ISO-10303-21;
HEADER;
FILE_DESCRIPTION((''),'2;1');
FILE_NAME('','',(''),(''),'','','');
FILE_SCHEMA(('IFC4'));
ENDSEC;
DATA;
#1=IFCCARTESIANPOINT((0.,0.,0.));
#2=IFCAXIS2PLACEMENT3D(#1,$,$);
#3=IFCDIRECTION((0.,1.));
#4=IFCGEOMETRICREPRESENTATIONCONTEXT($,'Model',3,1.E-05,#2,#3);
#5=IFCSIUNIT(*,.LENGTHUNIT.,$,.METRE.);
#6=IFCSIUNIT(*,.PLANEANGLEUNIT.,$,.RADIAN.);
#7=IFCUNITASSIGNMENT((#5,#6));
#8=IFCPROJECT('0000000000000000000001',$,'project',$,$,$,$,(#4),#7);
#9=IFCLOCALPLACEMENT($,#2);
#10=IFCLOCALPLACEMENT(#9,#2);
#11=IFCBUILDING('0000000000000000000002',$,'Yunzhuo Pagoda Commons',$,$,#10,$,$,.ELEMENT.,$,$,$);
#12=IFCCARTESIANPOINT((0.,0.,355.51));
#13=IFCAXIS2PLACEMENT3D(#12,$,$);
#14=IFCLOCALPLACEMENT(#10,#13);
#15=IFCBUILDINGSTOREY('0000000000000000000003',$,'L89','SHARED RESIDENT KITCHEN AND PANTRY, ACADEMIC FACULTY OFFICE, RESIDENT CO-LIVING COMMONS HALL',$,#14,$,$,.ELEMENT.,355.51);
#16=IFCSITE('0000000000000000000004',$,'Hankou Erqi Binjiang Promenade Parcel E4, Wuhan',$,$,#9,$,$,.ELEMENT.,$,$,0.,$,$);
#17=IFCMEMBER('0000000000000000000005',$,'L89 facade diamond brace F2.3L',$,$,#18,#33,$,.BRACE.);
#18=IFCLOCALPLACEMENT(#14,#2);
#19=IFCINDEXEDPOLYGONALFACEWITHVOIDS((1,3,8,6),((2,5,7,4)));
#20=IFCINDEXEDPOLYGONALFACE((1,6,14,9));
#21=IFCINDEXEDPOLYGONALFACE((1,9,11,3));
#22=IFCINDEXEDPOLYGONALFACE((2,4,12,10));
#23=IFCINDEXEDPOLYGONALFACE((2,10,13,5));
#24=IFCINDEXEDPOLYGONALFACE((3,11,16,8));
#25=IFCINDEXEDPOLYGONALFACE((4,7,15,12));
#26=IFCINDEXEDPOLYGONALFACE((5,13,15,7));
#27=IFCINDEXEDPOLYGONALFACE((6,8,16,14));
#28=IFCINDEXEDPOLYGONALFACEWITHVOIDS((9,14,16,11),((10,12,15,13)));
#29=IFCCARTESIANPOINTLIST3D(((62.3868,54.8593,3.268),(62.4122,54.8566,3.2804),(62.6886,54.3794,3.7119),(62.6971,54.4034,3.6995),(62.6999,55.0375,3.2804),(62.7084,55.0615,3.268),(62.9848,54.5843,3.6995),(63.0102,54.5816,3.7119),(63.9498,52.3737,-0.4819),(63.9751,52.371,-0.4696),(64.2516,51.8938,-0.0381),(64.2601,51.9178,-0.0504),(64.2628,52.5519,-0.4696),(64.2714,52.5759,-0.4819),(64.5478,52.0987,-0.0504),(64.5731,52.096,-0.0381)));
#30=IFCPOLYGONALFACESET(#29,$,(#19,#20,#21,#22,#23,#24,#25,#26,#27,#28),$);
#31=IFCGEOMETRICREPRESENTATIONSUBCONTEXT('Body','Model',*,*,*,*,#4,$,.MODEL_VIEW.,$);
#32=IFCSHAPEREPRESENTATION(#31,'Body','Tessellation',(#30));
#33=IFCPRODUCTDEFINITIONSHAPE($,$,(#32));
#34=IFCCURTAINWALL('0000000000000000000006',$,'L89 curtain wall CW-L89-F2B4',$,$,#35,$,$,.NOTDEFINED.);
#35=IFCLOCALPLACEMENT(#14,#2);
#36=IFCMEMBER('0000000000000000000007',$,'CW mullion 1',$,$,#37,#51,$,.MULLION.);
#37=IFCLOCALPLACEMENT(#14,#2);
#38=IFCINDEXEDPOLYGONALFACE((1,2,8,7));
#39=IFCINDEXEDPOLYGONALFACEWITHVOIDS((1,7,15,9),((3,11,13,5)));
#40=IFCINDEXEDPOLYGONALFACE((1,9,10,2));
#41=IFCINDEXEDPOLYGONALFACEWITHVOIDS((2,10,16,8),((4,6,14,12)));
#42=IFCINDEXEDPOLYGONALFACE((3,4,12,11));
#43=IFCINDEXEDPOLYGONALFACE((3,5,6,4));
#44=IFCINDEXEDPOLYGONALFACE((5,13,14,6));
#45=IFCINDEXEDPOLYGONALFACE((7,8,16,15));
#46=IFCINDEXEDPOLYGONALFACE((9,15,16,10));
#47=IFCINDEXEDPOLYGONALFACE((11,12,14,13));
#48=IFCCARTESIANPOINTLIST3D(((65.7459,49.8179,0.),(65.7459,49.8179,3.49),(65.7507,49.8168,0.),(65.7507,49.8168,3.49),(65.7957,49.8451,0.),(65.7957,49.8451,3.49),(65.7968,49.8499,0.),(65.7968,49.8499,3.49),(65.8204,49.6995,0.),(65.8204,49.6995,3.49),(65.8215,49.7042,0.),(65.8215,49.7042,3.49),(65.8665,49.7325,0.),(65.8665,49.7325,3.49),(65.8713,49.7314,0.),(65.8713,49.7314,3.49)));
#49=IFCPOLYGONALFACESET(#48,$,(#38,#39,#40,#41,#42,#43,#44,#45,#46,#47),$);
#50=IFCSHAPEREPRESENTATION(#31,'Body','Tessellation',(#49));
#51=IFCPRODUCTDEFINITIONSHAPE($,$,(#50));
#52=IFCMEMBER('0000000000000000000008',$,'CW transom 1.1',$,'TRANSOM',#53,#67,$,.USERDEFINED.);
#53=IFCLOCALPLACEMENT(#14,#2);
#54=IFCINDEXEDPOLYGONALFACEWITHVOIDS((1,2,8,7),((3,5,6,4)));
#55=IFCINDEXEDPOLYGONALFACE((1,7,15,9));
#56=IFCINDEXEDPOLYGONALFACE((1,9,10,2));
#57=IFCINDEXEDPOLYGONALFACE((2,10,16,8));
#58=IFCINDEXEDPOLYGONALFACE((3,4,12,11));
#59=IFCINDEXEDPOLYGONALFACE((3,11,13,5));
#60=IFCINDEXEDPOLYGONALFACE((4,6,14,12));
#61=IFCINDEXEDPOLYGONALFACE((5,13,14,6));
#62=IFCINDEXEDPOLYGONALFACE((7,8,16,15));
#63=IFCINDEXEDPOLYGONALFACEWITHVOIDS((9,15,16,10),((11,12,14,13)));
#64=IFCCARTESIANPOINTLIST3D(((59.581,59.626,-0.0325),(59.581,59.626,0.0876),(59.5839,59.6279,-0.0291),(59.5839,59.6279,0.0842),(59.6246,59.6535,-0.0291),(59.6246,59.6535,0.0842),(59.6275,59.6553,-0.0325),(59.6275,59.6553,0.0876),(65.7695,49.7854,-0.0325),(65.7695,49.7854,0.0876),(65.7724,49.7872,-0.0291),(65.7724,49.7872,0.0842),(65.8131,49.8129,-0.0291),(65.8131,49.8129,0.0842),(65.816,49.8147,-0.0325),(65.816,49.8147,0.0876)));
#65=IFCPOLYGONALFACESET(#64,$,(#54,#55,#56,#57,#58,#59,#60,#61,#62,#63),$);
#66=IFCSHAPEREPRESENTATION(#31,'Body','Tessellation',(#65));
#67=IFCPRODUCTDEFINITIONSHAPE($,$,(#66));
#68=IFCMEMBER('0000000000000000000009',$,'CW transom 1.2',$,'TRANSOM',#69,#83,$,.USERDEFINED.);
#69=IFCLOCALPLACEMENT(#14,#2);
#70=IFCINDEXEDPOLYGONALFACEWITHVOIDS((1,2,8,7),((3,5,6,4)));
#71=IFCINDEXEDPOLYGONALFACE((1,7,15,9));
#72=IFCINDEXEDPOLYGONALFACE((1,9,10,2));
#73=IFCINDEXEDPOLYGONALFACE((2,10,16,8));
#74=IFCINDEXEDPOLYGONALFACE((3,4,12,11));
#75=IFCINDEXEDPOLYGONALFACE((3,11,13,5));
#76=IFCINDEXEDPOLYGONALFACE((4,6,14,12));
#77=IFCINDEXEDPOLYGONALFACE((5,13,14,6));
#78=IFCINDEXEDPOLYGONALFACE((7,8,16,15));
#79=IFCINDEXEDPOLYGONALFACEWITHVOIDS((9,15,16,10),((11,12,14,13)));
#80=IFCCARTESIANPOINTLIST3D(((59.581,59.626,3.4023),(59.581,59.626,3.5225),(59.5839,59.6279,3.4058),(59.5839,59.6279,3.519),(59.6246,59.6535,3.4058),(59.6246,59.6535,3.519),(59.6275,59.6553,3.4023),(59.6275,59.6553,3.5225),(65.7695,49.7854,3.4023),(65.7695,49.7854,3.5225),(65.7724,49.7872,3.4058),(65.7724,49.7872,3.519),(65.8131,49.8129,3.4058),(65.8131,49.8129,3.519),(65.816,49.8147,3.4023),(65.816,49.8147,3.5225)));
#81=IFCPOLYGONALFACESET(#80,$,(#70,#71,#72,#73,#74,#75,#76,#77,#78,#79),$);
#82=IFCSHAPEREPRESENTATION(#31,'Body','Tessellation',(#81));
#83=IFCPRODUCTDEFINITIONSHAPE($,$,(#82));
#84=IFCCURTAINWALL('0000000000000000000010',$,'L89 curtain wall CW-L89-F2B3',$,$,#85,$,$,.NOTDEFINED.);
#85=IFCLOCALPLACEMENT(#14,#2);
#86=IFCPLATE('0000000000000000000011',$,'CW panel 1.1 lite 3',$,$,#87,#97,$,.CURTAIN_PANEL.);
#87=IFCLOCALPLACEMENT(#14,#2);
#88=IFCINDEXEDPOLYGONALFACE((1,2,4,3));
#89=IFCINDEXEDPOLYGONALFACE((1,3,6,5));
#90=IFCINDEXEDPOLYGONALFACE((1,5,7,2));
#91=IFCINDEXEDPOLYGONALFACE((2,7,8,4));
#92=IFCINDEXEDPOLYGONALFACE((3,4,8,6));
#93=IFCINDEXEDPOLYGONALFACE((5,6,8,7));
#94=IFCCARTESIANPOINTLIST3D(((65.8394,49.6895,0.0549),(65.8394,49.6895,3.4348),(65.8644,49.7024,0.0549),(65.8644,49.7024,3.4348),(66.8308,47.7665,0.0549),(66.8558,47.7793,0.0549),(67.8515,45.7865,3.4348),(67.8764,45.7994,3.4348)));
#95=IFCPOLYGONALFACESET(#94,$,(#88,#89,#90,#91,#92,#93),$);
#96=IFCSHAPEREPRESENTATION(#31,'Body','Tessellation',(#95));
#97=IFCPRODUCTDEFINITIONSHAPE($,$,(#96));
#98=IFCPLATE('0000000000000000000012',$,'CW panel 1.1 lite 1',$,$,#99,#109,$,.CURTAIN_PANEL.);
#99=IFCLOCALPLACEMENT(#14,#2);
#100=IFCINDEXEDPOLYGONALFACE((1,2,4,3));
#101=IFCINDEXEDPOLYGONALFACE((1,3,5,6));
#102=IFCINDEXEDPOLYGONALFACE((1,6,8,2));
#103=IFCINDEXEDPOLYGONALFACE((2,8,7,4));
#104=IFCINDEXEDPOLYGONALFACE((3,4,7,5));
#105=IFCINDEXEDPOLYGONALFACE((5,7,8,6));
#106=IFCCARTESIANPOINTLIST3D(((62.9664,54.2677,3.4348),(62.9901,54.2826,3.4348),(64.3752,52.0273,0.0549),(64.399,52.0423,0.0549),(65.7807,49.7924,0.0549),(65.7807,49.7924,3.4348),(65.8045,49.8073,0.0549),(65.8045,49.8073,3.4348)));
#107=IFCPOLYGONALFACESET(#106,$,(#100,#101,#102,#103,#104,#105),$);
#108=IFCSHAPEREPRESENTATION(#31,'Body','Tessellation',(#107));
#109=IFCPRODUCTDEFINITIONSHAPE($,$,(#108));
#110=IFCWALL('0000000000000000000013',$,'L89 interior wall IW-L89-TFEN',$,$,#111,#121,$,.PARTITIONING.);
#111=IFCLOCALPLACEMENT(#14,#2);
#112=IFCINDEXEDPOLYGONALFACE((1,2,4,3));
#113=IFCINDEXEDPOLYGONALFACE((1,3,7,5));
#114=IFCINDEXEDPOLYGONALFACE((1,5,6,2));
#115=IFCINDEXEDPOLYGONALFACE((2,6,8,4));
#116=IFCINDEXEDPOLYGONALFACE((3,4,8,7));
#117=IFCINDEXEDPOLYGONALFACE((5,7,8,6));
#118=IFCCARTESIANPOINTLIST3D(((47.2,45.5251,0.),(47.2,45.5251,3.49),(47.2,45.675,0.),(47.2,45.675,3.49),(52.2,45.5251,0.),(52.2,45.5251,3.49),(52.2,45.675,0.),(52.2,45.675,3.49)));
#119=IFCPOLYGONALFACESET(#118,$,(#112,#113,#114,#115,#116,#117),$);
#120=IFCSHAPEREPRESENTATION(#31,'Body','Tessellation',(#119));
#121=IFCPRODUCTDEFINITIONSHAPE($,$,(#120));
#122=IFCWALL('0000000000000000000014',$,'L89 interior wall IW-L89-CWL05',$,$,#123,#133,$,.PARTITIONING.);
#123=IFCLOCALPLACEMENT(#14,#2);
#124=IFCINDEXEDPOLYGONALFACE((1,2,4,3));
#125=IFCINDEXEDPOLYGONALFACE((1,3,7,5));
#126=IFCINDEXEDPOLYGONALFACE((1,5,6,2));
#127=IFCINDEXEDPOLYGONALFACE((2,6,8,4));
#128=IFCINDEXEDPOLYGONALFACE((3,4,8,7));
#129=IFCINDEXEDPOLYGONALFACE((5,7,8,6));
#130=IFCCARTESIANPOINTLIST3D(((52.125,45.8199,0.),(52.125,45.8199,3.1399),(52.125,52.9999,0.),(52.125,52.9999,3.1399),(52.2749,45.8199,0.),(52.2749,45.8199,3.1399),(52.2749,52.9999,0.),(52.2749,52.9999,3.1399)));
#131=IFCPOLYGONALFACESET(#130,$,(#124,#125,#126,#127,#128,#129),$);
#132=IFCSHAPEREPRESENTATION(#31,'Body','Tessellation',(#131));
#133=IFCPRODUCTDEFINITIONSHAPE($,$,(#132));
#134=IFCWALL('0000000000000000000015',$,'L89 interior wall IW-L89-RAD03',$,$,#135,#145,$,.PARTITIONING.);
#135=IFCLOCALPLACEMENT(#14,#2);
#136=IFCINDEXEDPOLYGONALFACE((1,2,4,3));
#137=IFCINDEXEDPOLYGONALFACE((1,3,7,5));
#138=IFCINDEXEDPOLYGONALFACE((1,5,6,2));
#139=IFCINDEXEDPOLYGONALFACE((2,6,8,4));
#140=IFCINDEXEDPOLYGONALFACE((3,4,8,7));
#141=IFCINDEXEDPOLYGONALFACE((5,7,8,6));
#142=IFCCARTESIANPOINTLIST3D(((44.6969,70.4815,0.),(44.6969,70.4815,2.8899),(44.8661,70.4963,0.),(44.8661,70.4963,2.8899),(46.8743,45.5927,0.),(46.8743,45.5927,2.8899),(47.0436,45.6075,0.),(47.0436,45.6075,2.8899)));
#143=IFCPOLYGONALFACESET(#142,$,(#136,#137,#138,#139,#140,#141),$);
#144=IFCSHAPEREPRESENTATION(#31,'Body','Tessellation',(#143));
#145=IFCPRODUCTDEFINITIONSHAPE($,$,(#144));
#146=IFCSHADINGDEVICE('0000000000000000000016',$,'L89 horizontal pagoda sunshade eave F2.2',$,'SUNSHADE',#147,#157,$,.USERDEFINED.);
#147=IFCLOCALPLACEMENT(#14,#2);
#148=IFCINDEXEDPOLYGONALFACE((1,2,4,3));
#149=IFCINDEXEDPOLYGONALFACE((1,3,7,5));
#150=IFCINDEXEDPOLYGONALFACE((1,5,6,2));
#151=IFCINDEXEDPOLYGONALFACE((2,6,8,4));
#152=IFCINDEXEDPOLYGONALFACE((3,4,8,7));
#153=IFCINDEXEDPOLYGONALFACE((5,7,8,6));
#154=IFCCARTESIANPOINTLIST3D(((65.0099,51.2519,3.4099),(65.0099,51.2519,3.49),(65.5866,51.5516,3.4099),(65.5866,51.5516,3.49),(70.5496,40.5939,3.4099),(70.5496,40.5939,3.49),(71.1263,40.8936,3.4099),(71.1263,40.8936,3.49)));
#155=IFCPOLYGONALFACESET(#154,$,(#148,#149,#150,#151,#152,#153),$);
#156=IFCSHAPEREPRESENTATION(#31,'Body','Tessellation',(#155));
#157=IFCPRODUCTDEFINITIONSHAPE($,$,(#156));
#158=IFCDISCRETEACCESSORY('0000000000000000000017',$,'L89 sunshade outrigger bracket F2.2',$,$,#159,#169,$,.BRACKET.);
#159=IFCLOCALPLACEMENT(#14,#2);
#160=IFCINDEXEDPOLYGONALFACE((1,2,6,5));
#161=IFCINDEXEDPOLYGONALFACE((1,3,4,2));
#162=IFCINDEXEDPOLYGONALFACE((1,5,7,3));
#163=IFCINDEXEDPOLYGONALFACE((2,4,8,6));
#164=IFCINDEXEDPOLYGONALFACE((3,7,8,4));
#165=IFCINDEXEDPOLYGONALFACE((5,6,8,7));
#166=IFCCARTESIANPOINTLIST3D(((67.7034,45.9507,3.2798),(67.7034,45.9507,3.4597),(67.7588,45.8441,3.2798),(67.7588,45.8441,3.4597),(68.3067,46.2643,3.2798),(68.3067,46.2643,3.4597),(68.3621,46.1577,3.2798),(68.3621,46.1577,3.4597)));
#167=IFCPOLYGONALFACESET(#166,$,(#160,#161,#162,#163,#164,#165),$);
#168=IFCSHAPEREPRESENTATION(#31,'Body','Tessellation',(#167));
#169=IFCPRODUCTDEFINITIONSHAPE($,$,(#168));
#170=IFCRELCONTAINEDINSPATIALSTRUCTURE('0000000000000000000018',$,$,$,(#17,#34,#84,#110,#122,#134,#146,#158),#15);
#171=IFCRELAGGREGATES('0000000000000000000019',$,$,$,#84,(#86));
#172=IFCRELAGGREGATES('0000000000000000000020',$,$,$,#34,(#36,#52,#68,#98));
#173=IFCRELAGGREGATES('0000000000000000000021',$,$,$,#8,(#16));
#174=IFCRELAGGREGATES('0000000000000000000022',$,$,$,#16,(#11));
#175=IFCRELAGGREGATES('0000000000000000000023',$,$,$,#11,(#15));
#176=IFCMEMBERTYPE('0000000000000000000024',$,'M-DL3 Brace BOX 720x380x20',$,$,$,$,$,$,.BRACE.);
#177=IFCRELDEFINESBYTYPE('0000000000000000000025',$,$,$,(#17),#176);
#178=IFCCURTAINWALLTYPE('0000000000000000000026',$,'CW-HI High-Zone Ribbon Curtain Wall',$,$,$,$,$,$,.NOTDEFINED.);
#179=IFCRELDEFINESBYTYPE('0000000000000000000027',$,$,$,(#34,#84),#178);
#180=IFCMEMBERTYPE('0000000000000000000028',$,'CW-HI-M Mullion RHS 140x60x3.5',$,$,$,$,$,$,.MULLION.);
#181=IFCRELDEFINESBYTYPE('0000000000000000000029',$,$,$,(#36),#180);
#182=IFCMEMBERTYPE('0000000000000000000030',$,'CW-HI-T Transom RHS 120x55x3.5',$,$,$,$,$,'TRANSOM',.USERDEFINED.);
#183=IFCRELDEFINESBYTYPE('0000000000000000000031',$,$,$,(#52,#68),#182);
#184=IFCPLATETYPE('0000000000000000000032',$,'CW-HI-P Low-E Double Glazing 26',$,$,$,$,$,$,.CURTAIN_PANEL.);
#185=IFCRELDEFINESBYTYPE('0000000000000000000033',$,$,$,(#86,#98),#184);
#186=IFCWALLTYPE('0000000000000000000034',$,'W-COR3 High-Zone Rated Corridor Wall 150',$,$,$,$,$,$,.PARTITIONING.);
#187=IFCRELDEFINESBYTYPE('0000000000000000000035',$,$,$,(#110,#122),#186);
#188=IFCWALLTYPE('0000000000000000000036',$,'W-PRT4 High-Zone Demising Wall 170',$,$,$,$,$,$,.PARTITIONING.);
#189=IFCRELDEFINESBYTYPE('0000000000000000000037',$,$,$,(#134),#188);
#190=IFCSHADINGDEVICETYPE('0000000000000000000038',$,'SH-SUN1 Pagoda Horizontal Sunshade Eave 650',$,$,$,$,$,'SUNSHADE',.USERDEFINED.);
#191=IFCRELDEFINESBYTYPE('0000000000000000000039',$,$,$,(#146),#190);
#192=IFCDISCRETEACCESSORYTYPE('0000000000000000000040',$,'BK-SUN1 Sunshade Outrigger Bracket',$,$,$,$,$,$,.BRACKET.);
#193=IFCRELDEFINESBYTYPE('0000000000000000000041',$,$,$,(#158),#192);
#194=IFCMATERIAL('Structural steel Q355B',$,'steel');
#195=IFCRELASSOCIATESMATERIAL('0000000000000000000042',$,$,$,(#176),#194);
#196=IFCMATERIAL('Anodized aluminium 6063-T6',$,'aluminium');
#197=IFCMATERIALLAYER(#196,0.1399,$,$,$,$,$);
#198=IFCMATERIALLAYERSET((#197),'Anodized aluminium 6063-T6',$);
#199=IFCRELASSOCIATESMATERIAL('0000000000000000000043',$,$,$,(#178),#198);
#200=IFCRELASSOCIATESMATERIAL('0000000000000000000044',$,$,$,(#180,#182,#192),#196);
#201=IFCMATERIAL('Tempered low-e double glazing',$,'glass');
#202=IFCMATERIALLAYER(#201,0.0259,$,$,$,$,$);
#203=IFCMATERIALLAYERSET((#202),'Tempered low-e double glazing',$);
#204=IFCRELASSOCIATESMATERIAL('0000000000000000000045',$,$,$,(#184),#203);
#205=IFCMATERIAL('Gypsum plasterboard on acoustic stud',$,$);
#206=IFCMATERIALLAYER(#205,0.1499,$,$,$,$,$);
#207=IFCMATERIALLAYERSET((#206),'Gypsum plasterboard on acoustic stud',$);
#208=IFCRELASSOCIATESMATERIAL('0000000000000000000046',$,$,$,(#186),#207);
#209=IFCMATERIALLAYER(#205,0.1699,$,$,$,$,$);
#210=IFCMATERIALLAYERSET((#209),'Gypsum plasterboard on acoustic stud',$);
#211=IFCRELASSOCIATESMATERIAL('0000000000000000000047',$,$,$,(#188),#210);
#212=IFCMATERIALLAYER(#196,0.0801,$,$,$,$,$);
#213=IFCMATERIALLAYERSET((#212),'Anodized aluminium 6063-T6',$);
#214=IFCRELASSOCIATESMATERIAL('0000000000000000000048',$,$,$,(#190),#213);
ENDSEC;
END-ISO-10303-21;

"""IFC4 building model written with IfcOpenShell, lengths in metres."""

from ifc_helpers import new_model, si_unit, direction, frame, frame_2d, origin, origin_2d, place, context, subcontext, project, spatial, polyline, rectangle, hollow_rectangle, outline, extrude, source, transform, mapped, material, layer, layer_set, material_profile, profile_set, type_object, element, aggregate, save


model = new_model("IFC4")

# Units and contexts
model_context = context("Model", 3, precision=1e-05, world=origin(), true_north=direction((0.0, 1.0)))
body_context = subcontext(model_context, "Body", "Model", "MODEL_VIEW")
ifc_project = project(units=[si_unit("LENGTHUNIT", "METRE"), si_unit("PLANEANGLEUNIT", "RADIAN")], contexts=[model_context])

# Site, building, storey
site_placement = place(None, origin())
site = spatial("IfcSite", under=ifc_project, at=site_placement, Name="Hankou Erqi Binjiang Promenade Parcel E4, Wuhan", CompositionType="ELEMENT", RefElevation=0.0)
building_placement = place(site_placement, origin())
building = spatial("IfcBuilding", under=site, at=building_placement, Name="Yunzhuo Pagoda Commons", CompositionType="ELEMENT")
storey_placement = place(building_placement, frame((0.0, 0.0, 355.51)))
storey = spatial("IfcBuildingStorey", under=building, at=storey_placement, Name="L89", Description="SHARED RESIDENT KITCHEN AND PANTRY, ACADEMIC FACULTY OFFICE, RESIDENT CO-LIVING COMMONS HALL", CompositionType="ELEMENT", Elevation=355.51)

# Shared definitions
ifc_material_1 = material(Name="Structural steel Q355B", Category="steel")

# Member
ifc_material_profile_1 = material_profile(ifc_material_1, hollow_rectangle(XDim=0.3799, YDim=0.72, WallThickness=0.02, at=origin_2d()), Name="Structural steel Q355B")
ifc_profile_set_1 = profile_set([ifc_material_profile_1], Name="Structural steel Q355B")
member_type_1 = type_object("IfcMemberType", Name="M-DL3 Brace BOX 720x380x20", PredefinedType="BRACE", material=ifc_profile_set_1)
shared_shape_1 = source(origin(), body_context, "Body", "SweptSolid", [
    extrude(hollow_rectangle(XDim=0.3799, YDim=0.72, WallThickness=0.02, at=origin_2d()), origin(), (0.0, 0.0, 1.0), 4.7627),
])
member_1_placement = place(storey_placement, frame((64.2615, 52.2349, -0.26), z_axis=(-0.328171, 0.521884, 0.787363), x_axis=(-0.846542, -0.532321, 0.0)))
element("IfcMember", 1, at=member_1_placement, inside=storey, type_object=member_type_1, Name="L89 facade diamond brace F2.3L", PredefinedType="BRACE", context=body_context, shape_type="MappedRepresentation", body=[
    mapped(shared_shape_1, transform((0.0, 0.0, 0.0), scale=1.0)),
])

# Curtain wall, members
ifc_material_2 = material(Name="Anodized aluminium 6063-T6", Category="aluminium")
ifc_layer_1 = layer(ifc_material_2, 0.1399)
ifc_layer_set_1 = layer_set([ifc_layer_1], Name="Anodized aluminium 6063-T6")
curtain_wall_type = type_object("IfcCurtainWallType", Name="CW-HI High-Zone Ribbon Curtain Wall", PredefinedType="NOTDEFINED", material=ifc_layer_set_1)
curtain_wall_1_placement = place(storey_placement, origin())
curtain_wall_1 = element("IfcCurtainWall", 2, at=curtain_wall_1_placement, inside=storey, type_object=curtain_wall_type, Name="L89 curtain wall CW-L89-F2B4", PredefinedType="NOTDEFINED")
ifc_material_profile_2 = material_profile(ifc_material_2, hollow_rectangle(XDim=0.0601, YDim=0.1399, WallThickness=0.0034, at=origin_2d()), Name="Anodized aluminium 6063-T6")
ifc_profile_set_2 = profile_set([ifc_material_profile_2], Name="Anodized aluminium 6063-T6")
member_type_2 = type_object("IfcMemberType", Name="CW-HI-M Mullion RHS 140x60x3.5", PredefinedType="MULLION", material=ifc_profile_set_2)
shared_shape_2 = source(origin(), body_context, "Body", "SweptSolid", [
    extrude(hollow_rectangle(XDim=0.0601, YDim=0.1399, WallThickness=0.0034, at=origin_2d()), origin(), (0.0, 0.0, 1.0), 3.49),
])
member_2_placement = place(storey_placement, frame((65.8086, 49.7747, 0.0), z_axis=(0.0, 0.0, 1.0), x_axis=(-0.846525, -0.53235, 0.0)))
member_2 = element("IfcMember", 3, at=member_2_placement, type_object=member_type_2, Name="CW mullion 1", PredefinedType="MULLION", context=body_context, shape_type="MappedRepresentation", body=[
    mapped(shared_shape_2, transform((0.0, 0.0, 0.0), scale=1.0)),
])
ifc_material_profile_3 = material_profile(ifc_material_2, hollow_rectangle(XDim=0.0549, YDim=0.1201, WallThickness=0.0034, at=origin_2d()), Name="Anodized aluminium 6063-T6")
ifc_profile_set_3 = profile_set([ifc_material_profile_3], Name="Anodized aluminium 6063-T6")
member_type_3 = type_object("IfcMemberType", Name="CW-HI-T Transom RHS 120x55x3.5", ElementType="TRANSOM", PredefinedType="USERDEFINED", material=ifc_profile_set_3)
shared_shape_3 = source(origin(), body_context, "Body", "SweptSolid", [
    extrude(hollow_rectangle(XDim=0.0549, YDim=0.1201, WallThickness=0.0034, at=origin_2d()), origin(), (0.0, 0.0, 1.0), 11.6248),
])
member_3_placement = place(storey_placement, frame((65.7927, 49.8, 0.0276), z_axis=(-0.532355, 0.846521, 0.0), x_axis=(-0.846521, -0.532355, 0.0)))
member_3 = element("IfcMember", 4, at=member_3_placement, type_object=member_type_3, Name="CW transom 1.1", ObjectType="TRANSOM", PredefinedType="USERDEFINED", context=body_context, shape_type="MappedRepresentation", body=[
    mapped(shared_shape_3, transform((0.0, 0.0, 0.0), scale=1.0)),
])
member_4_placement = place(storey_placement, frame((65.7927, 49.8, 3.4624), z_axis=(-0.532355, 0.846521, 0.0), x_axis=(-0.846521, -0.532355, 0.0)))
member_4 = element("IfcMember", 5, at=member_4_placement, type_object=member_type_3, Name="CW transom 1.2", ObjectType="TRANSOM", PredefinedType="USERDEFINED", context=body_context, shape_type="MappedRepresentation", body=[
    mapped(shared_shape_3, transform((0.0, 0.0, 0.0), scale=1.0)),
])

# Curtain wall, plate
curtain_wall_2_placement = place(storey_placement, origin())
curtain_wall_2 = element("IfcCurtainWall", 6, at=curtain_wall_2_placement, inside=storey, type_object=curtain_wall_type, Name="L89 curtain wall CW-L89-F2B3", PredefinedType="NOTDEFINED")
ifc_material_3 = material(Name="Tempered low-e double glazing", Category="glass")
ifc_layer_2 = layer(ifc_material_3, 0.0259)
ifc_layer_set_2 = layer_set([ifc_layer_2], Name="Tempered low-e double glazing")
plate_type = type_object("IfcPlateType", Name="CW-HI-P Low-E Double Glazing 26", PredefinedType="CURTAIN_PANEL", material=ifc_layer_set_2)
plate_1_placement = place(storey_placement, frame((66.8455, 47.738, 1.7449), z_axis=(0.888846, 0.458207, 0.0), x_axis=(-0.458207, 0.888846, 0.0)))
plate_1 = element("IfcPlate", 7, at=plate_1_placement, type_object=plate_type, Name="CW panel 1.1 lite 3", PredefinedType="CURTAIN_PANEL", context=body_context, shape_type="SweptSolid", body=[
    extrude(outline(polyline([(-2.1956, 1.6899), (0.032, -1.6899), (2.1956, -1.6899), (2.1956, 1.6899), (-2.1956, 1.6899)])), origin(), (0.0, 0.0, 1.0), 0.0281),
])
aggregate(curtain_wall_2, [plate_1])

# Plate
plate_2_placement = place(storey_placement, frame((64.3735, 52.03, 1.7449), z_axis=(0.846525, 0.53235, 0.0), x_axis=(-0.53235, 0.846525, 0.0)))
plate_2 = element("IfcPlate", 8, at=plate_2_placement, type_object=plate_type, Name="CW panel 1.1 lite 1", PredefinedType="CURTAIN_PANEL", context=body_context, shape_type="SweptSolid", body=[
    extrude(outline(polyline([(-2.6433, -1.6899), (-0.0032, -1.6899), (2.6433, 1.6899), (-2.6433, 1.6899), (-2.6433, -1.6899)])), origin(), (0.0, 0.0, 1.0), 0.0281),
])
aggregate(curtain_wall_1, [member_2, member_3, member_4, plate_2])

# Walls
ifc_material_4 = material(Name="Gypsum plasterboard on acoustic stud")
ifc_layer_3 = layer(ifc_material_4, 0.1499)
ifc_layer_set_3 = layer_set([ifc_layer_3], Name="Gypsum plasterboard on acoustic stud")
wall_type_1 = type_object("IfcWallType", Name="W-COR3 High-Zone Rated Corridor Wall 150", PredefinedType="PARTITIONING", material=ifc_layer_set_3)
wall_1_placement = place(storey_placement, frame((47.2, 45.6001, 0.0), z_axis=(0.0, 0.0, 1.0), x_axis=(1.0, 0.0, 0.0)))
element("IfcWall", 9, at=wall_1_placement, inside=storey, type_object=wall_type_1, Name="L89 interior wall IW-L89-TFEN", PredefinedType="PARTITIONING", context=body_context, shape_type="SweptSolid", body=[
    extrude(rectangle(XDim=5.0, YDim=0.1499, at=frame_2d((2.5, 0.0))), origin(), (0.0, 0.0, 1.0), 3.49),
])
wall_2_placement = place(storey_placement, frame((52.2, 45.8201, 0.0), z_axis=(0.0, 0.0, 1.0), x_axis=(0.0, 1.0, 0.0)))
element("IfcWall", 10, at=wall_2_placement, inside=storey, type_object=wall_type_1, Name="L89 interior wall IW-L89-CWL05", PredefinedType="PARTITIONING", context=body_context, shape_type="SweptSolid", body=[
    extrude(rectangle(XDim=7.1799, YDim=0.1499, at=frame_2d((3.5898, 0.0))), origin(), (0.0, 0.0, 1.0), 3.1399),
])
ifc_layer_4 = layer(ifc_material_4, 0.1699)
ifc_layer_set_4 = layer_set([ifc_layer_4], Name="Gypsum plasterboard on acoustic stud")
wall_type_2 = type_object("IfcWallType", Name="W-PRT4 High-Zone Demising Wall 170", PredefinedType="PARTITIONING", material=ifc_layer_set_4)
wall_3_placement = place(storey_placement, frame((46.959, 45.6001, 0.0), z_axis=(0.0, 0.0, 1.0), x_axis=(-0.087155, 0.996195, 0.0)))
element("IfcWall", 11, at=wall_3_placement, inside=storey, type_object=wall_type_2, Name="L89 interior wall IW-L89-RAD03", PredefinedType="PARTITIONING", context=body_context, shape_type="SweptSolid", body=[
    extrude(rectangle(XDim=24.9839, YDim=0.1699, at=frame_2d((12.4919, 0.0))), origin(), (0.0, 0.0, 1.0), 2.8899),
])

# Shading device
ifc_layer_5 = layer(ifc_material_2, 0.0801)
ifc_layer_set_5 = layer_set([ifc_layer_5], Name="Anodized aluminium 6063-T6")
shading_device_type = type_object("IfcShadingDeviceType", Name="SH-SUN1 Pagoda Horizontal Sunshade Eave 650", ElementType="SUNSHADE", PredefinedType="USERDEFINED", material=ifc_layer_set_5)
shared_shape_4 = source(origin(), body_context, "Body", "SweptSolid", [
    extrude(rectangle(XDim=12.0117, YDim=0.6499, at=origin_2d()), origin(), (0.0, 0.0, 1.0), 0.0801),
])
shading_device_placement = place(storey_placement, frame((68.0681, 46.0728, 3.4099), z_axis=(0.0, 0.0, 1.0), x_axis=(-0.461191, 0.887301, 0.0)))
element("IfcShadingDevice", 12, at=shading_device_placement, inside=storey, type_object=shading_device_type, Name="L89 horizontal pagoda sunshade eave F2.2", ObjectType="SUNSHADE", PredefinedType="USERDEFINED", context=body_context, shape_type="MappedRepresentation", body=[
    mapped(shared_shape_4, transform((0.0, 0.0, 0.0), scale=1.0)),
])

# Discrete accessory
discrete_accessory_type = type_object("IfcDiscreteAccessoryType", Name="BK-SUN1 Sunshade Outrigger Bracket", PredefinedType="BRACKET", material=ifc_material_2)
shared_shape_5 = source(origin(), body_context, "Body", "SweptSolid", [
    extrude(rectangle(XDim=0.1201, YDim=0.6799, at=origin_2d()), origin(), (0.0, 0.0, 1.0), 0.1799),
])
discrete_accessory_placement = place(storey_placement, frame((68.0327, 46.0542, 3.2798), z_axis=(0.0, 0.0, 1.0), x_axis=(-0.461191, 0.887301, 0.0)))
element("IfcDiscreteAccessory", 13, at=discrete_accessory_placement, inside=storey, type_object=discrete_accessory_type, Name="L89 sunshade outrigger bracket F2.2", PredefinedType="BRACKET", context=body_context, shape_type="MappedRepresentation", body=[
    mapped(shared_shape_5, transform((0.0, 0.0, 0.0), scale=1.0)),
])

save(model, "model.ifc")
